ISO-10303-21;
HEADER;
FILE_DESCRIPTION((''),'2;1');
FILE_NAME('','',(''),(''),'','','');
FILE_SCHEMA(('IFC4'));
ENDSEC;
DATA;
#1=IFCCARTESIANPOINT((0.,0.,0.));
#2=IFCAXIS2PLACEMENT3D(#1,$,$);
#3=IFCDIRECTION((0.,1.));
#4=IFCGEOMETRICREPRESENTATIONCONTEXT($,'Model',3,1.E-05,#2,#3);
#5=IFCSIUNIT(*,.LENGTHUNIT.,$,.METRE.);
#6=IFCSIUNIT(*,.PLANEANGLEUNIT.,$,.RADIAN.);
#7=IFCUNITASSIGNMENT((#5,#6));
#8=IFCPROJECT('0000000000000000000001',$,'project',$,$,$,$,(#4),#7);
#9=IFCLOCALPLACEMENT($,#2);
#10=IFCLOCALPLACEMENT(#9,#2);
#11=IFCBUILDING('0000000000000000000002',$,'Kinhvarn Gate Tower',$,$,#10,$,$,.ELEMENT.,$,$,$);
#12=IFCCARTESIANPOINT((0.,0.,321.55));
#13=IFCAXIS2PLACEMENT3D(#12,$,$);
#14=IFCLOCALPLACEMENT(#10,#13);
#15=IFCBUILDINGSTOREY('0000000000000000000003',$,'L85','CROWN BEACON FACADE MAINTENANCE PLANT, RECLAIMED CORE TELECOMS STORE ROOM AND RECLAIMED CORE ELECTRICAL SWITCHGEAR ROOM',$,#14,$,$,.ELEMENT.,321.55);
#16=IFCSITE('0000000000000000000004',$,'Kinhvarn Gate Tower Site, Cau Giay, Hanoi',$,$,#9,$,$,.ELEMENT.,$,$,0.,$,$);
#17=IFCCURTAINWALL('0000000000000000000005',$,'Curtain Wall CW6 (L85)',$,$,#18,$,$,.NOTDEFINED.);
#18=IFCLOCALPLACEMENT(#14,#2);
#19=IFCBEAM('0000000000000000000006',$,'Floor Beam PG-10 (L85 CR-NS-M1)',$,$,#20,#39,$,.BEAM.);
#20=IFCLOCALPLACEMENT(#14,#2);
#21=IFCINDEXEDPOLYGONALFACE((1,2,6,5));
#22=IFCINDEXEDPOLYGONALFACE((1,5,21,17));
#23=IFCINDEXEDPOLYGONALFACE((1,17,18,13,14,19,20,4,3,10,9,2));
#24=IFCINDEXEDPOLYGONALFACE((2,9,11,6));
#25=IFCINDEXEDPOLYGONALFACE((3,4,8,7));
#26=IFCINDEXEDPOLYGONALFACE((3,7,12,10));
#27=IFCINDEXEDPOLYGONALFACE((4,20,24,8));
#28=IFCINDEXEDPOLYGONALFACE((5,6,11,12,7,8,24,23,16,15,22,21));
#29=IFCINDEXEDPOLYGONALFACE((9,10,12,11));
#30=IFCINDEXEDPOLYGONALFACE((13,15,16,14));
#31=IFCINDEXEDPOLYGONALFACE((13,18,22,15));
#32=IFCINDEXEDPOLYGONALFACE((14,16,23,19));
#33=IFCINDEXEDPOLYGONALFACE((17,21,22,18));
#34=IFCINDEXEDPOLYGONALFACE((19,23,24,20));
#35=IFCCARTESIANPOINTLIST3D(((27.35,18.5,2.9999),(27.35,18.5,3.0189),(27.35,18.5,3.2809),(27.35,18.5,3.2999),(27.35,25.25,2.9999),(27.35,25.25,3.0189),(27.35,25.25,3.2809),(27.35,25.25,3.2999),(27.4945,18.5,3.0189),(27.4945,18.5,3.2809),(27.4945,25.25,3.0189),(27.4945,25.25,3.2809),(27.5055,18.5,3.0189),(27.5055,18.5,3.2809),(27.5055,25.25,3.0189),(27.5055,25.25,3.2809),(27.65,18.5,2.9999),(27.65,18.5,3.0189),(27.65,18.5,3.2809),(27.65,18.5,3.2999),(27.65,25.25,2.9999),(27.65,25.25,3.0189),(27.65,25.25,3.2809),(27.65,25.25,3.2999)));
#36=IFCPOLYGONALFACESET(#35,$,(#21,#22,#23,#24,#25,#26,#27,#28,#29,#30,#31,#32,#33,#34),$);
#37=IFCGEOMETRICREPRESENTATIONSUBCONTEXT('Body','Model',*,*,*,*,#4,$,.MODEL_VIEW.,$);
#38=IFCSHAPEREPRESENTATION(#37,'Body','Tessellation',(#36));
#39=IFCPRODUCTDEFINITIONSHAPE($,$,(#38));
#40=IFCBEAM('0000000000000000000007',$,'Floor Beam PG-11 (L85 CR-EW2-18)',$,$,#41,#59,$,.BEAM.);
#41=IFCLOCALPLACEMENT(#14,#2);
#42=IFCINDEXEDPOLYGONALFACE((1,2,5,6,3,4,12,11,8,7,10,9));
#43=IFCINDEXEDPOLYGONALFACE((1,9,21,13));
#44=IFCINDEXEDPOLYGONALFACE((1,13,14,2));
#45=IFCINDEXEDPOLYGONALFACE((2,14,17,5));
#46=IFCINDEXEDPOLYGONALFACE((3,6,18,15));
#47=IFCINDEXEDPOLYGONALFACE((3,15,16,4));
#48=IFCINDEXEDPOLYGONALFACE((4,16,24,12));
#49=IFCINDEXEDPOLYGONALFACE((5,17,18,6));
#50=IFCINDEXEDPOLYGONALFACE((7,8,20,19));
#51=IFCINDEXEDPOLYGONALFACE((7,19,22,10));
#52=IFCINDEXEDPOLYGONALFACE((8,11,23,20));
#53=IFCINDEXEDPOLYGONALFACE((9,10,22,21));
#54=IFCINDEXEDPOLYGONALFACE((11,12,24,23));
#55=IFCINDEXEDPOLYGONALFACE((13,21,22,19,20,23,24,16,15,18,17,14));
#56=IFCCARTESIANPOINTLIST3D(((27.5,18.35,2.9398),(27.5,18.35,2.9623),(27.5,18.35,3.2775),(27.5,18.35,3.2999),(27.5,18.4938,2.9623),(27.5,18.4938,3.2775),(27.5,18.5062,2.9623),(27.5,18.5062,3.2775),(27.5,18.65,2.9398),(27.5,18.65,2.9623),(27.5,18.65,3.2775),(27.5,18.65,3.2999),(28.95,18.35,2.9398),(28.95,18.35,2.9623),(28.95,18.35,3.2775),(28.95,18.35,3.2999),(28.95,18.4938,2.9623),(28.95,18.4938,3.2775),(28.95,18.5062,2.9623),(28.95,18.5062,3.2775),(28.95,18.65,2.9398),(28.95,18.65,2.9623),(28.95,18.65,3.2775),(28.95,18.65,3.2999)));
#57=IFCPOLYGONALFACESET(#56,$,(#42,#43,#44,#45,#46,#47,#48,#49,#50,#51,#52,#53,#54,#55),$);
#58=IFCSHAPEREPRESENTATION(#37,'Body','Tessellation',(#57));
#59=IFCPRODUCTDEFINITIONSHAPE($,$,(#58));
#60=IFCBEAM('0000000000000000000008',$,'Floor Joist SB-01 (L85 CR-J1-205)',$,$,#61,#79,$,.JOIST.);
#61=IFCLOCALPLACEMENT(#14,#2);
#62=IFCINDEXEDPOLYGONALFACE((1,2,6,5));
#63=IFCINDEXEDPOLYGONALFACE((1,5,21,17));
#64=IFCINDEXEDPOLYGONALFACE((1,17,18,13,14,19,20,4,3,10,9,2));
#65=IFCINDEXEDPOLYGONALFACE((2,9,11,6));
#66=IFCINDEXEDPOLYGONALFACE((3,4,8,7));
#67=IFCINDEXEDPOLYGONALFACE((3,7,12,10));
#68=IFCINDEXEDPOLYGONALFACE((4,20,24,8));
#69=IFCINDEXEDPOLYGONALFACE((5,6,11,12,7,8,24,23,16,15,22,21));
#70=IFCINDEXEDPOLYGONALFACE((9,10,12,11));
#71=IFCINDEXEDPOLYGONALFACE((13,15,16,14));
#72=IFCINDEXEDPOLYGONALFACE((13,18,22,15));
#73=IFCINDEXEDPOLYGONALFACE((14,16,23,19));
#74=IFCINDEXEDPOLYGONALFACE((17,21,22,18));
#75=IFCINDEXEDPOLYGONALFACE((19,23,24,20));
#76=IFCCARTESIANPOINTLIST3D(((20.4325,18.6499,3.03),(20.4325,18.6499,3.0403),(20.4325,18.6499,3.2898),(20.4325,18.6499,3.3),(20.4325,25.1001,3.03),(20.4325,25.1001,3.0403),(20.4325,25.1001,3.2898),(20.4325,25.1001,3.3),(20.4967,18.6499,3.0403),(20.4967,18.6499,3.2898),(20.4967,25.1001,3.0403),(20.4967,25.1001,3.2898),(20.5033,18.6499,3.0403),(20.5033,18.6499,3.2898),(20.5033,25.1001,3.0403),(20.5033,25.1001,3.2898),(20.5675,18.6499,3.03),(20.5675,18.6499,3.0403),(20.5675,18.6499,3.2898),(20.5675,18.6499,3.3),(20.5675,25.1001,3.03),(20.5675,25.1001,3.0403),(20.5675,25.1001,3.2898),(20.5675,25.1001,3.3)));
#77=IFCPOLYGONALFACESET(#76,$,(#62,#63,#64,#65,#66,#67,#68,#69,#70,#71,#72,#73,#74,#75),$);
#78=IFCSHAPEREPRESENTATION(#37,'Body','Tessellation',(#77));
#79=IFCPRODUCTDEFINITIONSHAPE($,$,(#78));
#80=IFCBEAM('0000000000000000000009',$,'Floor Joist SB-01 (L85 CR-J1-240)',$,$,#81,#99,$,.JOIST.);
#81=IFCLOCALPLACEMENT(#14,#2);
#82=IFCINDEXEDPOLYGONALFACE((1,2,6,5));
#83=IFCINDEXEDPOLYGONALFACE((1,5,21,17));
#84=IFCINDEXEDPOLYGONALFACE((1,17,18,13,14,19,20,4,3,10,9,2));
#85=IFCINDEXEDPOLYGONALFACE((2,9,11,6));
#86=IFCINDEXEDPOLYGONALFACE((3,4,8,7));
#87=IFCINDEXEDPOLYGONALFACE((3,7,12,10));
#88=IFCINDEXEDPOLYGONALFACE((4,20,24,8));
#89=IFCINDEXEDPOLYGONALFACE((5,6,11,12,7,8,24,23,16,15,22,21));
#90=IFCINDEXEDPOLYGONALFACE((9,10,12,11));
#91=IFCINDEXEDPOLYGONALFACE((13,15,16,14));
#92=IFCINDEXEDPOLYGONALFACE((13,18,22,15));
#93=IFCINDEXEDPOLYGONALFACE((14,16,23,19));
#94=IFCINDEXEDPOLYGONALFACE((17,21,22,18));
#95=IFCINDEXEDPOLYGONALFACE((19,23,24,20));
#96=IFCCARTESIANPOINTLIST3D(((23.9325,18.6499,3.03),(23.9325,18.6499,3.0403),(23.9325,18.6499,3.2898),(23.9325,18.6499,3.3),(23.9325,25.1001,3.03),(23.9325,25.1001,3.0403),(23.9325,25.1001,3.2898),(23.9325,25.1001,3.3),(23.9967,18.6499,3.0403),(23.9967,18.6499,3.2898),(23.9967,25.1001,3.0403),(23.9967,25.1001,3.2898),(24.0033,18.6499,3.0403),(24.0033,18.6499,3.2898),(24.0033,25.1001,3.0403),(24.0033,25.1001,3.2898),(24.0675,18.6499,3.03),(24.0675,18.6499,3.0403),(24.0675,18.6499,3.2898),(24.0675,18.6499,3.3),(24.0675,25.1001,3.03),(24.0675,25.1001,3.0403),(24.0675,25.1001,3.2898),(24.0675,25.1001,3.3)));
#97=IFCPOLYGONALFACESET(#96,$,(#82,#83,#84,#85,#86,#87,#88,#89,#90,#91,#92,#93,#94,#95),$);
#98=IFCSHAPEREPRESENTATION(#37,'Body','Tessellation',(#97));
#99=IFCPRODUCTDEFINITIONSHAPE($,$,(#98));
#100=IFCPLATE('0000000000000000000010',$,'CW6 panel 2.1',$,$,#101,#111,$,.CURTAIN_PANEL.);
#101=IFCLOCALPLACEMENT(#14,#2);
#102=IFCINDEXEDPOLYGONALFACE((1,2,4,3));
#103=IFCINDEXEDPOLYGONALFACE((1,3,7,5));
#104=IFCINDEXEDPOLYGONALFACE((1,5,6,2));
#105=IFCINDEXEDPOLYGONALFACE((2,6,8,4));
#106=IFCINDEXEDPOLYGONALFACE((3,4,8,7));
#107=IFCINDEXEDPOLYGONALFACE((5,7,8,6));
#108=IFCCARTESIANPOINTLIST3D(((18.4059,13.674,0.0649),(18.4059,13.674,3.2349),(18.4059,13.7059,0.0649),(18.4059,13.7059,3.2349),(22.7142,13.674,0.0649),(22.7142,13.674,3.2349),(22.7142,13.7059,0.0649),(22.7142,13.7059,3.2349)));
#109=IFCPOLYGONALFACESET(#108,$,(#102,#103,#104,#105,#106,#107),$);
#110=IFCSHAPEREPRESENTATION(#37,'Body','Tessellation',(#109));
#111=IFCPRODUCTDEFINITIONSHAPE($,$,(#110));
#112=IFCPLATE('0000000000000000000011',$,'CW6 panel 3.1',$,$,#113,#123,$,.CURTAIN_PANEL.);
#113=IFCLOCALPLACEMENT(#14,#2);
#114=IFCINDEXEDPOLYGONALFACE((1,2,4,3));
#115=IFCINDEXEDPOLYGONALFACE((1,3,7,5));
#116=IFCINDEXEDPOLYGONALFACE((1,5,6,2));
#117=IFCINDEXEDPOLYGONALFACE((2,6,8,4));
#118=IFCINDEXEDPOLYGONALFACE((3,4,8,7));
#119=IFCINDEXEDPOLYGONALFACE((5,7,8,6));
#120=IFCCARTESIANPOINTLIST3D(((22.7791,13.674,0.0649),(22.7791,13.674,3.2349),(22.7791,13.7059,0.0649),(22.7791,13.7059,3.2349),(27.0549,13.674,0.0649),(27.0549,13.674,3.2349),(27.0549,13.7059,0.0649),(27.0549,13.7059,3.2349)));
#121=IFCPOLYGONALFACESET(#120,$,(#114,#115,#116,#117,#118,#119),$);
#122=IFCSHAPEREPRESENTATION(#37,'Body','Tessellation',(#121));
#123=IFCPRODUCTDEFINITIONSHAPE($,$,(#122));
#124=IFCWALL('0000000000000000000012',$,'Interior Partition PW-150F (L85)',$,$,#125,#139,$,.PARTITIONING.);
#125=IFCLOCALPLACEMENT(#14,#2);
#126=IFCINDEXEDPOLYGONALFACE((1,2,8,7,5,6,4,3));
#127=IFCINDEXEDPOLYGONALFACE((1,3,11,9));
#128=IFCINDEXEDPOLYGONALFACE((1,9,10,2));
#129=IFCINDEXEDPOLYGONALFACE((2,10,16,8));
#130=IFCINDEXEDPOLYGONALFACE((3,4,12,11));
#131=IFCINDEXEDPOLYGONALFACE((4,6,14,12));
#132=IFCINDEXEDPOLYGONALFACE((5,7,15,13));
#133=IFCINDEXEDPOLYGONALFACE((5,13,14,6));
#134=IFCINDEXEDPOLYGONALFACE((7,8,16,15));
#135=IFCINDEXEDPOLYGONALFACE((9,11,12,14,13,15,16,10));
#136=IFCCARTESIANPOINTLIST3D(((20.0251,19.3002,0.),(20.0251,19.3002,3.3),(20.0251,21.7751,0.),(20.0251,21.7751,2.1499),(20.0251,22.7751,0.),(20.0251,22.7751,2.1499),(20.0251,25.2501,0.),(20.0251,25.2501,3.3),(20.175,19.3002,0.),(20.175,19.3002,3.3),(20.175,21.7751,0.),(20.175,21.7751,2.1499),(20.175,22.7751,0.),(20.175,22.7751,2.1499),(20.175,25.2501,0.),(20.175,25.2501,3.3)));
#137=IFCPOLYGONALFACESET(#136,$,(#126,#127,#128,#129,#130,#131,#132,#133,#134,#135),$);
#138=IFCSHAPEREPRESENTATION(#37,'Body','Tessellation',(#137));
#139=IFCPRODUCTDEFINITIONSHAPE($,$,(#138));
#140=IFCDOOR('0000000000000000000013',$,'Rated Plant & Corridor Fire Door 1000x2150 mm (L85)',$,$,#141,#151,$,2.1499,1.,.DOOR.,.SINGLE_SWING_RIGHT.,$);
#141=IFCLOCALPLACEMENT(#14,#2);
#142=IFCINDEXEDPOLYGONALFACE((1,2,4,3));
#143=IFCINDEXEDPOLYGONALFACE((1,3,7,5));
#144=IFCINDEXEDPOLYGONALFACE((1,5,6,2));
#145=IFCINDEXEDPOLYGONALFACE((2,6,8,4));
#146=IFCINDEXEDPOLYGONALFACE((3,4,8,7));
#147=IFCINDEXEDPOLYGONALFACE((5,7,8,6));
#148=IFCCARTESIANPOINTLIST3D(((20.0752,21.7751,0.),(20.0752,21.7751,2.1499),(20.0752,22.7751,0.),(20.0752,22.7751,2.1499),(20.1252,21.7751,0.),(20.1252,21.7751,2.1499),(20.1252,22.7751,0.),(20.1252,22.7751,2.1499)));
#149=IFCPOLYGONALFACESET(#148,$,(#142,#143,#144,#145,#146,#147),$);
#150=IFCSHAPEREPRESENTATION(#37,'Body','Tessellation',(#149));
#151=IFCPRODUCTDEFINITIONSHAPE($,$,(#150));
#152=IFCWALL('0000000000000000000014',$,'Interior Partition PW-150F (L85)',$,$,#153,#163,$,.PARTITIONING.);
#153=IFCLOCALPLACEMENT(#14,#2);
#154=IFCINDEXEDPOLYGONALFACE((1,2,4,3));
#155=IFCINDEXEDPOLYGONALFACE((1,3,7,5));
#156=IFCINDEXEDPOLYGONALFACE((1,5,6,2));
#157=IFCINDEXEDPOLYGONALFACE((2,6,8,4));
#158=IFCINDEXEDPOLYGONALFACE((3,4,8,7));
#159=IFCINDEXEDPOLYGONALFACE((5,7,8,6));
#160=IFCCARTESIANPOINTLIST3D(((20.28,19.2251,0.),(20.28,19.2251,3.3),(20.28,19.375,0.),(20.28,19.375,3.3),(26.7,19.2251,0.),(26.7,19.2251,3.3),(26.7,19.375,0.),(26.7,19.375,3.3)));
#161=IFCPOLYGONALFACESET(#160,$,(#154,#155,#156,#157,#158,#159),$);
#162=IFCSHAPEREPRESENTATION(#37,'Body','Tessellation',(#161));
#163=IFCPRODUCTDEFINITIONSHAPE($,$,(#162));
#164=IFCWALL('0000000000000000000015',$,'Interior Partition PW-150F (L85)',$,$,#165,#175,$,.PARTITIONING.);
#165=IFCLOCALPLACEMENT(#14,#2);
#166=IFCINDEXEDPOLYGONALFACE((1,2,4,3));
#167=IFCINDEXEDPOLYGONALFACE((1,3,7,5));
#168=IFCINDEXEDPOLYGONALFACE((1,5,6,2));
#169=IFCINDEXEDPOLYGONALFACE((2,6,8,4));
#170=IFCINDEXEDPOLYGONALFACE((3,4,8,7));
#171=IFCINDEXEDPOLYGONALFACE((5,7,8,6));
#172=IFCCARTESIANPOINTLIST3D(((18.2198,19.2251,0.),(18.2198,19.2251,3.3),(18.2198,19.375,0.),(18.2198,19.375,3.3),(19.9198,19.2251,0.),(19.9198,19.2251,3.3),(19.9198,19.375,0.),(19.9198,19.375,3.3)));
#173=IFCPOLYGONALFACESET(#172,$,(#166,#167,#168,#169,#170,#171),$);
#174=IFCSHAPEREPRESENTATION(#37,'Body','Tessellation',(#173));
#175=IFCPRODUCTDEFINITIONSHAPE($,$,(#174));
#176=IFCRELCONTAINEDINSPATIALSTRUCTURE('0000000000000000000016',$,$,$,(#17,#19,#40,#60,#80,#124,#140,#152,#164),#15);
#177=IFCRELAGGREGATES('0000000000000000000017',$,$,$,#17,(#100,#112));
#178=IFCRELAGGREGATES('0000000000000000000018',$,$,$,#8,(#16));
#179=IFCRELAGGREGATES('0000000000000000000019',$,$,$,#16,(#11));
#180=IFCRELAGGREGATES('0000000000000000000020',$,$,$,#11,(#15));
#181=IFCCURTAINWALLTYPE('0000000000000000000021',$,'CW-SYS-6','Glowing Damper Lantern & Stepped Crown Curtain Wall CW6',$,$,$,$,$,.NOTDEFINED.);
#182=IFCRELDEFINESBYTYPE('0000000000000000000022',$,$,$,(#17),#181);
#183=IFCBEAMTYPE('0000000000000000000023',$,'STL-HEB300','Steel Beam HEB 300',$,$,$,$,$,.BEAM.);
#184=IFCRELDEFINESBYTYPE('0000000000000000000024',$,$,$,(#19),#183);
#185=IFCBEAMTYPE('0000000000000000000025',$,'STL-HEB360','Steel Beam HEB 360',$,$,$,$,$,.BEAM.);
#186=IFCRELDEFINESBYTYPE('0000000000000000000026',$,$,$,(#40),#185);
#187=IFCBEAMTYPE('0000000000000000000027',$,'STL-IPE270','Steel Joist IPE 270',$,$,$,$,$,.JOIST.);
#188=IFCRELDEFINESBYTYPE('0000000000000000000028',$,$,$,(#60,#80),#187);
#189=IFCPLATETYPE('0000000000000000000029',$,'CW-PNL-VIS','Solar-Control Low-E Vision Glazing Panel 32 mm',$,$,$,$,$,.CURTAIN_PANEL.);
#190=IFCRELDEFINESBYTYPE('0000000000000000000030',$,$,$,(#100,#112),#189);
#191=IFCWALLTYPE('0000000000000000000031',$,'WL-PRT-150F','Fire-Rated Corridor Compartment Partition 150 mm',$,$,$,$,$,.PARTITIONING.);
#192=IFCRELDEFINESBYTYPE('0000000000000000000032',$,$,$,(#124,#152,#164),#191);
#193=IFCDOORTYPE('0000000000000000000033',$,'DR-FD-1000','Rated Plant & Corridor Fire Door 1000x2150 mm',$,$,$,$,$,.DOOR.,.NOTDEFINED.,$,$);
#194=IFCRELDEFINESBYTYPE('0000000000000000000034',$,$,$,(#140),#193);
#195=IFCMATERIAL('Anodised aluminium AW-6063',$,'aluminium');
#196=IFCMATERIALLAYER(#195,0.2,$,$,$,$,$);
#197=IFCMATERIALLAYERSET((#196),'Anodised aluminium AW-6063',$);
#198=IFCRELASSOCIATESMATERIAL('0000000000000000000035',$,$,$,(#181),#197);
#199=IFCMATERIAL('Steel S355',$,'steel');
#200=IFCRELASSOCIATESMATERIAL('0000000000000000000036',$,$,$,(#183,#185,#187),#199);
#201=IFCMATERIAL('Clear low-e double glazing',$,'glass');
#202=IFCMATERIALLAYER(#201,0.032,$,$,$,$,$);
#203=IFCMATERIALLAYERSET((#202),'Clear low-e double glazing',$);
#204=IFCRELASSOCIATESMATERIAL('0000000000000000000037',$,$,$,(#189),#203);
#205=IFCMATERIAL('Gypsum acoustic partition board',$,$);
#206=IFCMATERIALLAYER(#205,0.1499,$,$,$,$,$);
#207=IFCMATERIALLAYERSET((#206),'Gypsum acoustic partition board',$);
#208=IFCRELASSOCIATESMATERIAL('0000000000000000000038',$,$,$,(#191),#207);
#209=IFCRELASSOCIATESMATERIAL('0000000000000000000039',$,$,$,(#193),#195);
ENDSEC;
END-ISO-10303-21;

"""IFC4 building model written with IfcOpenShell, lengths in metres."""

from ifc_helpers import new_model, si_unit, direction, frame, frame_2d, origin, origin_2d, place, context, subcontext, project, spatial, rectangle, i_section, extrude, material, layer, layer_set, material_profile, profile_set, type_object, element, fill, aggregate, save


model = new_model("IFC4")

# Units and contexts
model_context = context("Model", 3, precision=1e-05, world=origin(), true_north=direction((0.0, 1.0)))
body_context = subcontext(model_context, "Body", "Model", "MODEL_VIEW")
ifc_project = project(units=[si_unit("LENGTHUNIT", "METRE"), si_unit("PLANEANGLEUNIT", "RADIAN")], contexts=[model_context])

# Site, building, storey
site_placement = place(None, origin())
site = spatial("IfcSite", under=ifc_project, at=site_placement, Name="Kinhvarn Gate Tower Site, Cau Giay, Hanoi", CompositionType="ELEMENT", RefElevation=0.0)
building_placement = place(site_placement, origin())
building = spatial("IfcBuilding", under=site, at=building_placement, Name="Kinhvarn Gate Tower", CompositionType="ELEMENT")
storey_placement = place(building_placement, frame((0.0, 0.0, 321.55)))
storey = spatial("IfcBuildingStorey", under=building, at=storey_placement, Name="L85", Description="CROWN BEACON FACADE MAINTENANCE PLANT, RECLAIMED CORE TELECOMS STORE ROOM AND RECLAIMED CORE ELECTRICAL SWITCHGEAR ROOM", CompositionType="ELEMENT", Elevation=321.55)

# Curtain wall
ifc_material_1 = material(Name="Anodised aluminium AW-6063", Category="aluminium")
ifc_layer_1 = layer(ifc_material_1, 0.2)
ifc_layer_set_1 = layer_set([ifc_layer_1], Name="Anodised aluminium AW-6063")
curtain_wall_type = type_object("IfcCurtainWallType", Name="CW-SYS-6", Description="Glowing Damper Lantern & Stepped Crown Curtain Wall CW6", PredefinedType="NOTDEFINED", material=ifc_layer_set_1)
curtain_wall_1_placement = place(storey_placement, origin())
curtain_wall_1 = element("IfcCurtainWall", 1, at=curtain_wall_1_placement, inside=storey, type_object=curtain_wall_type, Name="Curtain Wall CW6 (L85)", PredefinedType="NOTDEFINED")

# Beams
ifc_material_2 = material(Name="Steel S355", Category="steel")
ifc_material_profile_1 = material_profile(ifc_material_2, i_section(OverallWidth=0.3, OverallDepth=0.3, WebThickness=0.011, FlangeThickness=0.019, at=origin_2d()), Name="HEB 300")
ifc_profile_set_1 = profile_set([ifc_material_profile_1], Name="Steel S355")
beam_type_1 = type_object("IfcBeamType", Name="STL-HEB300", Description="Steel Beam HEB 300", PredefinedType="BEAM", material=ifc_profile_set_1)
beam_1_placement = place(storey_placement, frame((27.5, 18.5, 3.1499), z_axis=(0.0, 1.0, 0.0), x_axis=(-1.0, 0.0, 0.0)))
element("IfcBeam", 2, at=beam_1_placement, inside=storey, type_object=beam_type_1, Name="Floor Beam PG-10 (L85 CR-NS-M1)", PredefinedType="BEAM", context=body_context, shape_type="SweptSolid", body=[
    extrude(i_section(OverallWidth=0.3, OverallDepth=0.3, WebThickness=0.011, FlangeThickness=0.019, at=origin_2d()), origin(), (0.0, 0.0, 1.0), 6.75),
])
ifc_material_profile_2 = material_profile(ifc_material_2, i_section(OverallWidth=0.3, OverallDepth=0.3601, WebThickness=0.0125, FlangeThickness=0.0225, at=origin_2d()), Name="HEB 360")
ifc_profile_set_2 = profile_set([ifc_material_profile_2], Name="Steel S355")
beam_type_2 = type_object("IfcBeamType", Name="STL-HEB360", Description="Steel Beam HEB 360", PredefinedType="BEAM", material=ifc_profile_set_2)
beam_2_placement = place(storey_placement, frame((27.5, 18.5, 3.1199), z_axis=(1.0, 0.0, 0.0), x_axis=(0.0, 1.0, 0.0)))
element("IfcBeam", 3, at=beam_2_placement, inside=storey, type_object=beam_type_2, Name="Floor Beam PG-11 (L85 CR-EW2-18)", PredefinedType="BEAM", context=body_context, shape_type="SweptSolid", body=[
    extrude(i_section(OverallWidth=0.3, OverallDepth=0.3601, WebThickness=0.0125, FlangeThickness=0.0225, at=origin_2d()), origin(), (0.0, 0.0, 1.0), 1.45),
])
ifc_material_profile_3 = material_profile(ifc_material_2, i_section(OverallWidth=0.135, OverallDepth=0.27, WebThickness=0.0066, FlangeThickness=0.0103, at=origin_2d()), Name="IPE 270")
ifc_profile_set_3 = profile_set([ifc_material_profile_3], Name="Steel S355")
beam_type_3 = type_object("IfcBeamType", Name="STL-IPE270", Description="Steel Joist IPE 270", PredefinedType="JOIST", material=ifc_profile_set_3)
for number, where, z_axis, x_axis, name in (
    (4, (20.5, 18.6499, 3.165), (0.0, 1.0, 0.0), (-1.0, 0.0, 0.0), "Floor Joist SB-01 (L85 CR-J1-205)"),
    (5, (24.0, 18.6499, 3.165), (0.0, 1.0, 0.0), (-1.0, 0.0, 0.0), "Floor Joist SB-01 (L85 CR-J1-240)"),
):
    element("IfcBeam", number, at=place(storey_placement, frame(where, z_axis=z_axis, x_axis=x_axis)), inside=storey, type_object=beam_type_3, Name=name, PredefinedType="JOIST", context=body_context, shape_type="SweptSolid", body=[
        extrude(i_section(OverallWidth=0.135, OverallDepth=0.27, WebThickness=0.0066, FlangeThickness=0.0103, at=origin_2d()), origin(), (0.0, 0.0, 1.0), 6.4502),
    ])

# Plates
ifc_material_3 = material(Name="Clear low-e double glazing", Category="glass")
ifc_layer_2 = layer(ifc_material_3, 0.032)
ifc_layer_set_2 = layer_set([ifc_layer_2], Name="Clear low-e double glazing")
plate_type = type_object("IfcPlateType", Name="CW-PNL-VIS", Description="Solar-Control Low-E Vision Glazing Panel 32 mm", PredefinedType="CURTAIN_PANEL", material=ifc_layer_set_2)
plate_1_placement = place(storey_placement, frame((20.5601, 13.6899, 0.0649), z_axis=(0.0, 0.0, 1.0), x_axis=(1.0, 0.0, 0.0)))
plate_1 = element("IfcPlate", 6, at=plate_1_placement, type_object=plate_type, Name="CW6 panel 2.1", PredefinedType="CURTAIN_PANEL", context=body_context, shape_type="SweptSolid", body=[
    extrude(rectangle(XDim=4.3083, YDim=0.032, at=origin_2d()), origin(), (0.0, 0.0, 1.0), 3.1699),
])
plate_2_placement = place(storey_placement, frame((24.917, 13.6899, 0.0649), z_axis=(0.0, 0.0, 1.0), x_axis=(1.0, 0.0, 0.0)))
plate_2 = element("IfcPlate", 7, at=plate_2_placement, type_object=plate_type, Name="CW6 panel 3.1", PredefinedType="CURTAIN_PANEL", context=body_context, shape_type="SweptSolid", body=[
    extrude(rectangle(XDim=4.2759, YDim=0.032, at=origin_2d()), origin(), (0.0, 0.0, 1.0), 3.1699),
])
aggregate(curtain_wall_1, [plate_1, plate_2])

# Wall, opening, door
ifc_material_4 = material(Name="Gypsum acoustic partition board")
ifc_layer_3 = layer(ifc_material_4, 0.1499)
ifc_layer_set_3 = layer_set([ifc_layer_3], Name="Gypsum acoustic partition board")
wall_type = type_object("IfcWallType", Name="WL-PRT-150F", Description="Fire-Rated Corridor Compartment Partition 150 mm", PredefinedType="PARTITIONING", material=ifc_layer_set_3)
wall_1_placement = place(storey_placement, frame((20.1001, 19.3, 0.0), z_axis=(0.0, 0.0, 1.0), x_axis=(0.0, 1.0, 0.0)))
wall_1 = element("IfcWall", 8, at=wall_1_placement, inside=storey, type_object=wall_type, Name="Interior Partition PW-150F (L85)", PredefinedType="PARTITIONING", context=body_context, shape_type="SweptSolid", body=[
    extrude(rectangle(XDim=5.95, YDim=0.1499, at=frame_2d((2.9751, 0.0))), origin(), (0.0, 0.0, 1.0), 3.3),
])
opening_placement = place(wall_1_placement, frame((2.4751, 0.0, 0.0)))
opening = element("IfcOpeningElement", 9, at=opening_placement, cuts=wall_1, PredefinedType="OPENING", context=body_context, shape_type="SweptSolid", body=[
    extrude(rectangle(XDim=1.0, YDim=2.1499, at=frame_2d((0.5, 1.075))), frame((0.0, 0.085, 0.0), z_axis=(0.0, -1.0, 0.0), x_axis=(1.0, 0.0, 0.0)), (0.0, 0.0, 1.0), 0.1699),
])
door_type = type_object("IfcDoorType", Name="DR-FD-1000", Description="Rated Plant & Corridor Fire Door 1000x2150 mm", OperationType="NOTDEFINED", PredefinedType="DOOR", material=ifc_material_1)
door_placement = place(opening_placement, origin())
door = element("IfcDoor", 10, at=door_placement, inside=storey, type_object=door_type, Name="Rated Plant & Corridor Fire Door 1000x2150 mm (L85)", OperationType="SINGLE_SWING_RIGHT", OverallHeight=2.1499, OverallWidth=1.0, PredefinedType="DOOR", context=body_context, shape_type="SweptSolid", body=[
    extrude(rectangle(XDim=1.0, YDim=2.1499, at=frame_2d((0.5, 1.075))), frame((0.0, 0.0249, 0.0), z_axis=(0.0, -1.0, 0.0), x_axis=(1.0, 0.0, 0.0)), (0.0, 0.0, 1.0), 0.05),
])
fill(opening, door)

# Walls
wall_2_placement = place(storey_placement, frame((26.7, 19.3, 0.0), z_axis=(0.0, 0.0, 1.0), x_axis=(-1.0, 0.0, 0.0)))
element("IfcWall", 11, at=wall_2_placement, inside=storey, type_object=wall_type, Name="Interior Partition PW-150F (L85)", PredefinedType="PARTITIONING", context=body_context, shape_type="SweptSolid", body=[
    extrude(rectangle(XDim=6.4199, YDim=0.1499, at=frame_2d((3.21, 0.0))), origin(), (0.0, 0.0, 1.0), 3.3),
])
wall_3_placement = place(storey_placement, frame((19.9199, 19.3, 0.0), z_axis=(0.0, 0.0, 1.0), x_axis=(-1.0, 0.0, 0.0)))
element("IfcWall", 12, at=wall_3_placement, inside=storey, type_object=wall_type, Name="Interior Partition PW-150F (L85)", PredefinedType="PARTITIONING", context=body_context, shape_type="SweptSolid", body=[
    extrude(rectangle(XDim=1.7, YDim=0.1499, at=frame_2d((0.8501, 0.0))), origin(), (0.0, 0.0, 1.0), 3.3),
])

save(model, "model.ifc")
